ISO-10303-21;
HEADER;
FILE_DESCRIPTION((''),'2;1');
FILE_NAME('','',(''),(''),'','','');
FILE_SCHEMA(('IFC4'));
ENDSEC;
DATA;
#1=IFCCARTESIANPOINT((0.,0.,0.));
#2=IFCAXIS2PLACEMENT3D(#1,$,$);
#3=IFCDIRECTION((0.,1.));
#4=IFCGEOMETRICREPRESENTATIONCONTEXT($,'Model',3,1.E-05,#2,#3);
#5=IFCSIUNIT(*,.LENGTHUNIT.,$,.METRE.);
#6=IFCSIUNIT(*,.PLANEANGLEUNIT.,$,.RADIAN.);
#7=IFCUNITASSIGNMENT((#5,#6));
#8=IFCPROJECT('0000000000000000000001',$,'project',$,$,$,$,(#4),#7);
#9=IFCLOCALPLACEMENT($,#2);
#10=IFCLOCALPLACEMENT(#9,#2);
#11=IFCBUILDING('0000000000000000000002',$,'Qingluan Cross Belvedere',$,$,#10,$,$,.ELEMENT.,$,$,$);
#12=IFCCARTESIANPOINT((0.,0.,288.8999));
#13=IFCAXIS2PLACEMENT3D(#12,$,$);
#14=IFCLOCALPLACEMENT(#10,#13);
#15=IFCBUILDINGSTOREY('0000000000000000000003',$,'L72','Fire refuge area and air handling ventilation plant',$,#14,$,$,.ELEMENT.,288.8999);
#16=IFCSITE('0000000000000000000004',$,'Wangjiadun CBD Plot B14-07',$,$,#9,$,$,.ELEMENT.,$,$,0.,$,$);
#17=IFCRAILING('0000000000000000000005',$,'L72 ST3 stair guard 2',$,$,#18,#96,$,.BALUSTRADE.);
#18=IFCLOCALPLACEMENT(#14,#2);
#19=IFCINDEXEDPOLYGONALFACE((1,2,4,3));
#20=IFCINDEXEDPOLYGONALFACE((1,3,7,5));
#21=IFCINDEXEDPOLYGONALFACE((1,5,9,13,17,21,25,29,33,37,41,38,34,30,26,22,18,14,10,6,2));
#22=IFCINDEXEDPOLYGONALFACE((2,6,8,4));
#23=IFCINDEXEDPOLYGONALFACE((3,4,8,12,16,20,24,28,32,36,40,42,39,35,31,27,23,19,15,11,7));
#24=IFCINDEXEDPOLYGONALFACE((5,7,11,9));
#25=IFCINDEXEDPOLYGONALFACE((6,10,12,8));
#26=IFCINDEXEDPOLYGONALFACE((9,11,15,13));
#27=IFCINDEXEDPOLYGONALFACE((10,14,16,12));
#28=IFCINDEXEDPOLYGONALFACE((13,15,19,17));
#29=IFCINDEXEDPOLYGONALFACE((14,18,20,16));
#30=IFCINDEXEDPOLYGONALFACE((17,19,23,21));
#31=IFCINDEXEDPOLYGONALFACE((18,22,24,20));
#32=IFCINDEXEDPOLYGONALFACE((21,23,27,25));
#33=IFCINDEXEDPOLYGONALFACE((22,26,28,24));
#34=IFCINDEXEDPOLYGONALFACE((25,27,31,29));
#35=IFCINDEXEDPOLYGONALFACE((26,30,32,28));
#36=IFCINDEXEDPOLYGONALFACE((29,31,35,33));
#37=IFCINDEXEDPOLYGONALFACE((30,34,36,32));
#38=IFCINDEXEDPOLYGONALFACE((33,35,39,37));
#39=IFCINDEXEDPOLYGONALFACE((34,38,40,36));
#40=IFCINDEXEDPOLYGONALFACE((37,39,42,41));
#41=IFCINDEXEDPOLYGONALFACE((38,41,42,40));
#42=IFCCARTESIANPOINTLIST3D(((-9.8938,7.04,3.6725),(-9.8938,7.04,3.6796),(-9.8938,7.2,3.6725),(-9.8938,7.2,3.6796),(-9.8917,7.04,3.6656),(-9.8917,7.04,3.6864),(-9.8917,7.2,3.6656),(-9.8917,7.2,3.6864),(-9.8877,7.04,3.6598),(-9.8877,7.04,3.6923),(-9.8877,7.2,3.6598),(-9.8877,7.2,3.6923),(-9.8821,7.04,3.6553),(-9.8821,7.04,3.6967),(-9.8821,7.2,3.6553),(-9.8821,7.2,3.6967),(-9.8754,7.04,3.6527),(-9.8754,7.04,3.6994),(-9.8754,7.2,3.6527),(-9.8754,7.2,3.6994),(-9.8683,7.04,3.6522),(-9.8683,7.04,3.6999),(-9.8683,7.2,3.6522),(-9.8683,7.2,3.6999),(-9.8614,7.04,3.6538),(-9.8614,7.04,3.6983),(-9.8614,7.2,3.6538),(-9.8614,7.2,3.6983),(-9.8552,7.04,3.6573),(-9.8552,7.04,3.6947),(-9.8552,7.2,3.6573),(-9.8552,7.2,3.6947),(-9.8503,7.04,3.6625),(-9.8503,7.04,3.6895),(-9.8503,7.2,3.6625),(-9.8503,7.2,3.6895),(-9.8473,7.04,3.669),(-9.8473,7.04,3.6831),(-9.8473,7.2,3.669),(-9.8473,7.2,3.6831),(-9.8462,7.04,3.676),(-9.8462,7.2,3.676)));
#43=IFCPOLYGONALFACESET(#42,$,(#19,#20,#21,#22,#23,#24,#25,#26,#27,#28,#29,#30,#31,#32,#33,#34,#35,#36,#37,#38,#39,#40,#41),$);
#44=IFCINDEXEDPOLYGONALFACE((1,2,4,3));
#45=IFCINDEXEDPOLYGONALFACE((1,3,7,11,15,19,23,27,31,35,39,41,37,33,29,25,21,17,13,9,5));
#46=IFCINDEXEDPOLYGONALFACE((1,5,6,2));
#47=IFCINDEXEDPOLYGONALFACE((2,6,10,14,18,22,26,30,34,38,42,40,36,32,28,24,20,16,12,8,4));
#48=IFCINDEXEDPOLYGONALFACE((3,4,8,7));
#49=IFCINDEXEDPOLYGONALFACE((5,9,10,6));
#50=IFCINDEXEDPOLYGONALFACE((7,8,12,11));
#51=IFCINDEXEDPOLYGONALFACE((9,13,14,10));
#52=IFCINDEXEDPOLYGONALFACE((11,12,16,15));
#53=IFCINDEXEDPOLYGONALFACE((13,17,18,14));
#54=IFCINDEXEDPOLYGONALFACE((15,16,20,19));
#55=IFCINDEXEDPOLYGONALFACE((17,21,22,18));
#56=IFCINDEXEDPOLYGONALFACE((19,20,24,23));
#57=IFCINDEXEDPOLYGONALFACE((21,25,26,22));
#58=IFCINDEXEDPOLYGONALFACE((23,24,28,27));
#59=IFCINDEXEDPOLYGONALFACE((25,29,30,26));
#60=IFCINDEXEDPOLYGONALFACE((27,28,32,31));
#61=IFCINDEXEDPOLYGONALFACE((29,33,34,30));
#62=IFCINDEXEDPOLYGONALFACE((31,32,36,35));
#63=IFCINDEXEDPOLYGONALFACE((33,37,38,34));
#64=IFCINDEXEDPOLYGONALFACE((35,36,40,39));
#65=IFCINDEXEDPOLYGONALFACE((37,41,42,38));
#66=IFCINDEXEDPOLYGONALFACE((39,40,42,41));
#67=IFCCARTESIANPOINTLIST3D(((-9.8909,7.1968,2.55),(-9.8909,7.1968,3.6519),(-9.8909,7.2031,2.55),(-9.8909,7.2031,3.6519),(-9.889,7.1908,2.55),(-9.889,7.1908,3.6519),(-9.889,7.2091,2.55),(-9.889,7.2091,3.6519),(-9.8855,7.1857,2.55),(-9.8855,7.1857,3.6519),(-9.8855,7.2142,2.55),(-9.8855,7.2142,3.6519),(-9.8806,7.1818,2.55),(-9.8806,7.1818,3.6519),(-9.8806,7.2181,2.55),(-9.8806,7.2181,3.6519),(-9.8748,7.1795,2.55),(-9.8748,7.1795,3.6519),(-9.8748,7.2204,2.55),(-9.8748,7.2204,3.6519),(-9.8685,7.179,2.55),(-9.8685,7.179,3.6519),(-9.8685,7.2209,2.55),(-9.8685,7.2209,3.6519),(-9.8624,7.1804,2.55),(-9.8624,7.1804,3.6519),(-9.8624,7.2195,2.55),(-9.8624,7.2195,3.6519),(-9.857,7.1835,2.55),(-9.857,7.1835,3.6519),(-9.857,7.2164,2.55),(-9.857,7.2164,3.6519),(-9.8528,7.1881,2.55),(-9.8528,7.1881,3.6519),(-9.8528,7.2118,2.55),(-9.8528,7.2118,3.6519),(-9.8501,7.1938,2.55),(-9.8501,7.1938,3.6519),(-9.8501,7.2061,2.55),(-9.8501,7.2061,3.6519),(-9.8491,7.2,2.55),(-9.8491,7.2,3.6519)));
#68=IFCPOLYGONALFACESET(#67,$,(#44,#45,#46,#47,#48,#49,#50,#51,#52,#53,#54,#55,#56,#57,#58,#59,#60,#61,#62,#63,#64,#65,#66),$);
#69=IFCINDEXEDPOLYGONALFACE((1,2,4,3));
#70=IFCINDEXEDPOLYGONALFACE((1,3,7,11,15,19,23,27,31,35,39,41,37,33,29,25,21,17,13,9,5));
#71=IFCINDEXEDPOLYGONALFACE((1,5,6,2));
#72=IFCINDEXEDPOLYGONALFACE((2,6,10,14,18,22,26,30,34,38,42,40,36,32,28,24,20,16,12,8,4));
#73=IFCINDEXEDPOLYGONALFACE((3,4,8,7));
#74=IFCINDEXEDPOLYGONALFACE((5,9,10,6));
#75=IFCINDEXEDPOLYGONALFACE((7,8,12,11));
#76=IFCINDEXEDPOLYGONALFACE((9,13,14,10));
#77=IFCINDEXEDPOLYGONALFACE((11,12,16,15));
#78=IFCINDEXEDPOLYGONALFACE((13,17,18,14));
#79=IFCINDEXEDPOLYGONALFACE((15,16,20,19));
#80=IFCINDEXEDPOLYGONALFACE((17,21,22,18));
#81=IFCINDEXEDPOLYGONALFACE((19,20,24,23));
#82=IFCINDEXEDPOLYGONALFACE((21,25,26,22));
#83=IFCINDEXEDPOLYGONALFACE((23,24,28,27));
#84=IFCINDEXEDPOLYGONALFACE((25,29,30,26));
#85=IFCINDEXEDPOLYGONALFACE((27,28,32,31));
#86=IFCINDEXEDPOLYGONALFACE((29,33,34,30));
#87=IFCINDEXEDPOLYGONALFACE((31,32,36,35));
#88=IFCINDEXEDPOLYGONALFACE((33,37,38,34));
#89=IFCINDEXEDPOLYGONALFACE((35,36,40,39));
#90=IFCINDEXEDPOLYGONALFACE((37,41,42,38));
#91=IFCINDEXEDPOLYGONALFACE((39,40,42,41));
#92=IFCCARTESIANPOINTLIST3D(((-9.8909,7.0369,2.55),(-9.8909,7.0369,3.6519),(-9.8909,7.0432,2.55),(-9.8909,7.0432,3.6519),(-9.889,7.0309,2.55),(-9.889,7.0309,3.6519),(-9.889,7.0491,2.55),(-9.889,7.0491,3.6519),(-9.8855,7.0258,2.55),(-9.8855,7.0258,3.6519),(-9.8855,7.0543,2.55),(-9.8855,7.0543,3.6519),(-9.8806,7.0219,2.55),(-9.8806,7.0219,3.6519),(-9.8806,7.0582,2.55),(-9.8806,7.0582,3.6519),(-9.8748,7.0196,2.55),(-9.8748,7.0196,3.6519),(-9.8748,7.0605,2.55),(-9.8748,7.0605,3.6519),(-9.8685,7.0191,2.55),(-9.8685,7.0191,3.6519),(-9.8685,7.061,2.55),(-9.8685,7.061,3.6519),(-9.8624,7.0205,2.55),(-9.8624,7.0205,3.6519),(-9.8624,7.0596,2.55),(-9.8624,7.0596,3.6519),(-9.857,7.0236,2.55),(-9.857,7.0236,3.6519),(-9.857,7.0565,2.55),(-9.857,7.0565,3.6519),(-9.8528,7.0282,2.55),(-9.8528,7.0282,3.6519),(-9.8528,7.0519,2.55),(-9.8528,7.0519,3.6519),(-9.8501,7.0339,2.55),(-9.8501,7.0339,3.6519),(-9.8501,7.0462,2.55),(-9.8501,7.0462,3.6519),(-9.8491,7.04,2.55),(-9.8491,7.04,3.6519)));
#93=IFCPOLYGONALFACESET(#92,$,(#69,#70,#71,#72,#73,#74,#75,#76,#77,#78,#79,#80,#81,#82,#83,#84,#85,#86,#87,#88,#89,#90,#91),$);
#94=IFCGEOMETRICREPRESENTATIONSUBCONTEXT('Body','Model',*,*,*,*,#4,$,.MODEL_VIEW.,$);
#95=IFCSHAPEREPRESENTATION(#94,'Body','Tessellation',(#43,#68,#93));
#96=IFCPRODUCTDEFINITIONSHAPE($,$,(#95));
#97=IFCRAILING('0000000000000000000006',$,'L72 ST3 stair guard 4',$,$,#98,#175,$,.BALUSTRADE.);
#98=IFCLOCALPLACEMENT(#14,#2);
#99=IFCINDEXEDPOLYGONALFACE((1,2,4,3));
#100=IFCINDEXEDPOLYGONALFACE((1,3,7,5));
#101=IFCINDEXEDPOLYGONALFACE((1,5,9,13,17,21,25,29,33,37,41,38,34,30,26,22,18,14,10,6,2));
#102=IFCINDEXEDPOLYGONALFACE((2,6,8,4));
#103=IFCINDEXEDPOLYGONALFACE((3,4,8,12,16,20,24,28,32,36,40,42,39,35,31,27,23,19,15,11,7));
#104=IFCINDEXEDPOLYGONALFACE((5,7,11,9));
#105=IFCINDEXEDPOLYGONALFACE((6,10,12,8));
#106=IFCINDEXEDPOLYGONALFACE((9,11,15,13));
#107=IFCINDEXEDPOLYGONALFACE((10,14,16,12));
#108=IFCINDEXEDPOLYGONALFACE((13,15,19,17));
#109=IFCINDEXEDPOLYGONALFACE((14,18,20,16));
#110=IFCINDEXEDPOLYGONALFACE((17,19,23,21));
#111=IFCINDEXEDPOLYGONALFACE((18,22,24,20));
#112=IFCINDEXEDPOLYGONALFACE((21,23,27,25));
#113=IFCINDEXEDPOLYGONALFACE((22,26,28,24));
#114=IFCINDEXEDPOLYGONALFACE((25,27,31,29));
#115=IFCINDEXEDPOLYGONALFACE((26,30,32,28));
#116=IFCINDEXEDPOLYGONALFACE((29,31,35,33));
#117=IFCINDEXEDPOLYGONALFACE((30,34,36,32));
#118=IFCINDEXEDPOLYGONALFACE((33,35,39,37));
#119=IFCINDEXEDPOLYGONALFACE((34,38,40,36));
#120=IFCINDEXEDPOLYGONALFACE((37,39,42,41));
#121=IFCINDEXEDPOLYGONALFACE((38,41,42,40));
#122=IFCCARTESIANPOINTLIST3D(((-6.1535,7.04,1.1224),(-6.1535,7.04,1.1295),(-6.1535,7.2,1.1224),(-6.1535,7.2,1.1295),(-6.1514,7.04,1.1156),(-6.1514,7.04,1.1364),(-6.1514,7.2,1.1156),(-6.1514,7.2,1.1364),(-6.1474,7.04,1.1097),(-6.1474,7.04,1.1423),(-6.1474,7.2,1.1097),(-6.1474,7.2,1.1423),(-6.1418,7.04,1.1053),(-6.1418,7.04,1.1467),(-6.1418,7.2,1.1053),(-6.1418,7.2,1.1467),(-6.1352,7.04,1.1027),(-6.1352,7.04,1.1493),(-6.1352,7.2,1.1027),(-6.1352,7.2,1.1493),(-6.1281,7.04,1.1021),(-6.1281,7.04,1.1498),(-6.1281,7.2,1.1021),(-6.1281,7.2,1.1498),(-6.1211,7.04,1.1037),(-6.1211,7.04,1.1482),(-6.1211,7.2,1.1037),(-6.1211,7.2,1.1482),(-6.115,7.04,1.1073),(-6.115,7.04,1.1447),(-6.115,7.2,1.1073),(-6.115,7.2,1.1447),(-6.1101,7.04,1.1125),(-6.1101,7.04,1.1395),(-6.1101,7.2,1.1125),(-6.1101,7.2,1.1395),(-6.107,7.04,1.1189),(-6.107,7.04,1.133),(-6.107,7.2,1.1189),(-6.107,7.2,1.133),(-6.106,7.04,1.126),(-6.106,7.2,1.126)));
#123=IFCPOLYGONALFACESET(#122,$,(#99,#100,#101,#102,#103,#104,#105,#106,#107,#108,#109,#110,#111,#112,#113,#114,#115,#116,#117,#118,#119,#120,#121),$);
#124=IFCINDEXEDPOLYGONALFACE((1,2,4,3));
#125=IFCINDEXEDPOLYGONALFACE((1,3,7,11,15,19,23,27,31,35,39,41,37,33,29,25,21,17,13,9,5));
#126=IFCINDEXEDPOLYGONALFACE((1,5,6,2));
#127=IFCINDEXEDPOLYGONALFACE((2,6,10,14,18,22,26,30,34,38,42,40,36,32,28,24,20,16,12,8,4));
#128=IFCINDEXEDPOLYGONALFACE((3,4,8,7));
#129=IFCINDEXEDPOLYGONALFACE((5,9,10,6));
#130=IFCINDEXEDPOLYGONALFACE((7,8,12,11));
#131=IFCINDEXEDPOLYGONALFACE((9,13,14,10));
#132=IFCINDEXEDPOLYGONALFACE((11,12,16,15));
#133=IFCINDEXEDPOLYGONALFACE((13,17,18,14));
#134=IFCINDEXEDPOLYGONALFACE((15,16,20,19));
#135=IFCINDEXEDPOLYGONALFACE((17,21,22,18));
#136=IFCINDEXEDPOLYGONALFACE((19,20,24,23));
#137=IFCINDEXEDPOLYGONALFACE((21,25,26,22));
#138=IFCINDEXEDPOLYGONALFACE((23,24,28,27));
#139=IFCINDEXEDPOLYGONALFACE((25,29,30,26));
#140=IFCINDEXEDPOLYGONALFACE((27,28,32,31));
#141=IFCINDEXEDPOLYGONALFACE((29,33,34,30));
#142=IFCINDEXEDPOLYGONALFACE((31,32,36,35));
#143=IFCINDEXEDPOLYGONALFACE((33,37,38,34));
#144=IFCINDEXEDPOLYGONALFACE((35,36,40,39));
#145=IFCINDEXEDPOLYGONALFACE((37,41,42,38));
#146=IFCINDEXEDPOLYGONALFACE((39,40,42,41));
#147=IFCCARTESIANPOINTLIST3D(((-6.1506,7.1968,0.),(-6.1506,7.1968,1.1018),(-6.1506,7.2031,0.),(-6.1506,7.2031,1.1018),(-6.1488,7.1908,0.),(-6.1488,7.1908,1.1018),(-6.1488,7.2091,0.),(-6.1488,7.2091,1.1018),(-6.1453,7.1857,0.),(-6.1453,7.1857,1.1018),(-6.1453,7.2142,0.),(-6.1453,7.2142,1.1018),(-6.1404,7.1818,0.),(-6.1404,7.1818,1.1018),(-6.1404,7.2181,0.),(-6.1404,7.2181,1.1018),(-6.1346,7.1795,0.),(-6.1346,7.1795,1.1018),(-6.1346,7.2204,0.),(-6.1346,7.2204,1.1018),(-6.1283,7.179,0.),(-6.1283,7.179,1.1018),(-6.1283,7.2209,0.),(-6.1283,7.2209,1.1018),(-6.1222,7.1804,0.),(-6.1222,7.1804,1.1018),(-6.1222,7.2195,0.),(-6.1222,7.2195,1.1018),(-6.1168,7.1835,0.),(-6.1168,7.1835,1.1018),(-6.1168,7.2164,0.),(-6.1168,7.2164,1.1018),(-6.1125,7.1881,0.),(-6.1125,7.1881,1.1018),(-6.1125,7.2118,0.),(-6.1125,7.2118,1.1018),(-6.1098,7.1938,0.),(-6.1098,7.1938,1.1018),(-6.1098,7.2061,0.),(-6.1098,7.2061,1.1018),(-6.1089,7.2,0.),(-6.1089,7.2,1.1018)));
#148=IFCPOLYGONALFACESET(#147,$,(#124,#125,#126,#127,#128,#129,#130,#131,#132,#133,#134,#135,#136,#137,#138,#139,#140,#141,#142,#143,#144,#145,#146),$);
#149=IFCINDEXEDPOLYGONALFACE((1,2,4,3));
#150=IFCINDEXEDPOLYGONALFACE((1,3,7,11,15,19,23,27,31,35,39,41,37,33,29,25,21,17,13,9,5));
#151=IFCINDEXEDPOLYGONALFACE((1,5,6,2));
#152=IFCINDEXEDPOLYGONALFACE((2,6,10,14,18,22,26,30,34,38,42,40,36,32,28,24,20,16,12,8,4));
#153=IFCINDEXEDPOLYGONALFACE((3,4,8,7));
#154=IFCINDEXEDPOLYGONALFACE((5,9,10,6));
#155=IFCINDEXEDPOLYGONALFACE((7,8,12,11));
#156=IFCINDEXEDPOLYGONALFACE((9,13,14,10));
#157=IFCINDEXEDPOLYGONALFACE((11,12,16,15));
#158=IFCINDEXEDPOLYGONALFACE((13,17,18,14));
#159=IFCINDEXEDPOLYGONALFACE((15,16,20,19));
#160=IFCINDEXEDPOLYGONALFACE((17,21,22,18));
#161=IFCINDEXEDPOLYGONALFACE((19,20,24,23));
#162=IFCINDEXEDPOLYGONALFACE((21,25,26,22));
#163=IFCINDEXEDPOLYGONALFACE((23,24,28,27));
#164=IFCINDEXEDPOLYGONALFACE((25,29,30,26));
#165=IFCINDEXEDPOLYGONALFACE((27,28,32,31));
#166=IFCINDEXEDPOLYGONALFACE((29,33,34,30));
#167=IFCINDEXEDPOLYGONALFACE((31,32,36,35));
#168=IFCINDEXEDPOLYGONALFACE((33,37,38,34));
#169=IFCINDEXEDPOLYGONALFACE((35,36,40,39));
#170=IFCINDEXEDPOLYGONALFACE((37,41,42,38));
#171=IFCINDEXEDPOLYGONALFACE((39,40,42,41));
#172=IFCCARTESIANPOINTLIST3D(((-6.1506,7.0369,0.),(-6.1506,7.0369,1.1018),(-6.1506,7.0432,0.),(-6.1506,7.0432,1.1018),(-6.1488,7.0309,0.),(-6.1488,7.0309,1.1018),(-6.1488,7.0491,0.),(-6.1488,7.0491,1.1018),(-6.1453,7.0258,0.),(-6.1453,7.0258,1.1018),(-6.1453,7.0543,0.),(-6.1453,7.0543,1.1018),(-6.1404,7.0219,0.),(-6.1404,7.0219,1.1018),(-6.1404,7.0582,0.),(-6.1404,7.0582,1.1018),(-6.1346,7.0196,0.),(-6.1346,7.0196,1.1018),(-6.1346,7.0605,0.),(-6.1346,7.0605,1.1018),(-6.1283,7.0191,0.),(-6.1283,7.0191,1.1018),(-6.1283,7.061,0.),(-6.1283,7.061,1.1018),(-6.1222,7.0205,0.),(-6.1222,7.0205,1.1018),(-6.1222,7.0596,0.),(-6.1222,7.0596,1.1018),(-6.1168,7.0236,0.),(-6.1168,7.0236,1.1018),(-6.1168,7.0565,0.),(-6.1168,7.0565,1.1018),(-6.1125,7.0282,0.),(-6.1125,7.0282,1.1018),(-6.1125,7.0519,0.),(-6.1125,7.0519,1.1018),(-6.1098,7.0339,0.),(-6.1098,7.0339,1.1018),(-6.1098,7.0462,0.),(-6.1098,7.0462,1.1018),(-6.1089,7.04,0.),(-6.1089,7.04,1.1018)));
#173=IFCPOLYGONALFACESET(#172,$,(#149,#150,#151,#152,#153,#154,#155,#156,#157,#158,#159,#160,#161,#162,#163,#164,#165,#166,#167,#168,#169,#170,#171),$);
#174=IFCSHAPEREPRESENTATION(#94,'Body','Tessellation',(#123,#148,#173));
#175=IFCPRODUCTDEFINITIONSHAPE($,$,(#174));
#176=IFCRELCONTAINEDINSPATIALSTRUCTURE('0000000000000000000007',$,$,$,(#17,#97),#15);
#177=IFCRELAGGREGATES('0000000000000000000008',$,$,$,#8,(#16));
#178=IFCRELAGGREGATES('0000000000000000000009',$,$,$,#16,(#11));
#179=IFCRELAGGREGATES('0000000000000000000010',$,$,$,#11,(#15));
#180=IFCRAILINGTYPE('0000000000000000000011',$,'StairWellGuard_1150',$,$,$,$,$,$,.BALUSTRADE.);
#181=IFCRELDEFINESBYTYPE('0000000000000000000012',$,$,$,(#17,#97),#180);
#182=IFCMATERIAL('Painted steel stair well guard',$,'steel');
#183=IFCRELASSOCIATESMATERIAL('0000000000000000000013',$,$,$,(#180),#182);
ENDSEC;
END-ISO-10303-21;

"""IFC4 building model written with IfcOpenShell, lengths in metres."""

from ifc_helpers import new_model, si_unit, direction, frame, origin, origin_2d, place, context, subcontext, project, spatial, circle, extrude, material, type_object, element, save


model = new_model("IFC4")

# Units and contexts
model_context = context("Model", 3, precision=1e-05, world=origin(), true_north=direction((0.0, 1.0)))
body_context = subcontext(model_context, "Body", "Model", "MODEL_VIEW")
ifc_project = project(units=[si_unit("LENGTHUNIT", "METRE"), si_unit("PLANEANGLEUNIT", "RADIAN")], contexts=[model_context])

# Site, building, storey
site_placement = place(None, origin())
site = spatial("IfcSite", under=ifc_project, at=site_placement, Name="Wangjiadun CBD Plot B14-07", CompositionType="ELEMENT", RefElevation=0.0)
building_placement = place(site_placement, origin())
building = spatial("IfcBuilding", under=site, at=building_placement, Name="Qingluan Cross Belvedere", CompositionType="ELEMENT")
storey_placement = place(building_placement, frame((0.0, 0.0, 288.8999)))
storey = spatial("IfcBuildingStorey", under=building, at=storey_placement, Name="L72", Description="Fire refuge area and air handling ventilation plant", CompositionType="ELEMENT", Elevation=288.8999)

# Railings
ifc_material_1 = material(Name="Painted steel stair well guard", Category="steel")
railing_type_1 = type_object("IfcRailingType", Name="StairWellGuard_1150", PredefinedType="BALUSTRADE", material=ifc_material_1)
for number, where, name in (
    (1, (-9.8701, 7.2, 2.55), "L72 ST3 stair guard 2"),
    (2, (-6.1299, 7.2, 0.0), "L72 ST3 stair guard 4"),
):
    element("IfcRailing", number, at=place(storey_placement, frame(where)), inside=storey, type_object=railing_type_1, Name=name, PredefinedType="BALUSTRADE", context=body_context, shape_type="SweptSolid", body=[
        extrude(circle(Radius=0.0239, at=origin_2d()), frame((0.0, 0.0, 1.126), z_axis=(0.0, -1.0, 0.0), x_axis=(1.0, 0.0, 0.0)), (0.0, 0.0, 1.0), 0.1599),
        extrude(circle(Radius=0.021, at=origin_2d()), origin(), (0.0, 0.0, 1.0), 1.1018),
        extrude(circle(Radius=0.021, at=origin_2d()), frame((0.0, -0.1599, 0.0)), (0.0, 0.0, 1.0), 1.1018),
    ])

save(model, "model.ifc")
